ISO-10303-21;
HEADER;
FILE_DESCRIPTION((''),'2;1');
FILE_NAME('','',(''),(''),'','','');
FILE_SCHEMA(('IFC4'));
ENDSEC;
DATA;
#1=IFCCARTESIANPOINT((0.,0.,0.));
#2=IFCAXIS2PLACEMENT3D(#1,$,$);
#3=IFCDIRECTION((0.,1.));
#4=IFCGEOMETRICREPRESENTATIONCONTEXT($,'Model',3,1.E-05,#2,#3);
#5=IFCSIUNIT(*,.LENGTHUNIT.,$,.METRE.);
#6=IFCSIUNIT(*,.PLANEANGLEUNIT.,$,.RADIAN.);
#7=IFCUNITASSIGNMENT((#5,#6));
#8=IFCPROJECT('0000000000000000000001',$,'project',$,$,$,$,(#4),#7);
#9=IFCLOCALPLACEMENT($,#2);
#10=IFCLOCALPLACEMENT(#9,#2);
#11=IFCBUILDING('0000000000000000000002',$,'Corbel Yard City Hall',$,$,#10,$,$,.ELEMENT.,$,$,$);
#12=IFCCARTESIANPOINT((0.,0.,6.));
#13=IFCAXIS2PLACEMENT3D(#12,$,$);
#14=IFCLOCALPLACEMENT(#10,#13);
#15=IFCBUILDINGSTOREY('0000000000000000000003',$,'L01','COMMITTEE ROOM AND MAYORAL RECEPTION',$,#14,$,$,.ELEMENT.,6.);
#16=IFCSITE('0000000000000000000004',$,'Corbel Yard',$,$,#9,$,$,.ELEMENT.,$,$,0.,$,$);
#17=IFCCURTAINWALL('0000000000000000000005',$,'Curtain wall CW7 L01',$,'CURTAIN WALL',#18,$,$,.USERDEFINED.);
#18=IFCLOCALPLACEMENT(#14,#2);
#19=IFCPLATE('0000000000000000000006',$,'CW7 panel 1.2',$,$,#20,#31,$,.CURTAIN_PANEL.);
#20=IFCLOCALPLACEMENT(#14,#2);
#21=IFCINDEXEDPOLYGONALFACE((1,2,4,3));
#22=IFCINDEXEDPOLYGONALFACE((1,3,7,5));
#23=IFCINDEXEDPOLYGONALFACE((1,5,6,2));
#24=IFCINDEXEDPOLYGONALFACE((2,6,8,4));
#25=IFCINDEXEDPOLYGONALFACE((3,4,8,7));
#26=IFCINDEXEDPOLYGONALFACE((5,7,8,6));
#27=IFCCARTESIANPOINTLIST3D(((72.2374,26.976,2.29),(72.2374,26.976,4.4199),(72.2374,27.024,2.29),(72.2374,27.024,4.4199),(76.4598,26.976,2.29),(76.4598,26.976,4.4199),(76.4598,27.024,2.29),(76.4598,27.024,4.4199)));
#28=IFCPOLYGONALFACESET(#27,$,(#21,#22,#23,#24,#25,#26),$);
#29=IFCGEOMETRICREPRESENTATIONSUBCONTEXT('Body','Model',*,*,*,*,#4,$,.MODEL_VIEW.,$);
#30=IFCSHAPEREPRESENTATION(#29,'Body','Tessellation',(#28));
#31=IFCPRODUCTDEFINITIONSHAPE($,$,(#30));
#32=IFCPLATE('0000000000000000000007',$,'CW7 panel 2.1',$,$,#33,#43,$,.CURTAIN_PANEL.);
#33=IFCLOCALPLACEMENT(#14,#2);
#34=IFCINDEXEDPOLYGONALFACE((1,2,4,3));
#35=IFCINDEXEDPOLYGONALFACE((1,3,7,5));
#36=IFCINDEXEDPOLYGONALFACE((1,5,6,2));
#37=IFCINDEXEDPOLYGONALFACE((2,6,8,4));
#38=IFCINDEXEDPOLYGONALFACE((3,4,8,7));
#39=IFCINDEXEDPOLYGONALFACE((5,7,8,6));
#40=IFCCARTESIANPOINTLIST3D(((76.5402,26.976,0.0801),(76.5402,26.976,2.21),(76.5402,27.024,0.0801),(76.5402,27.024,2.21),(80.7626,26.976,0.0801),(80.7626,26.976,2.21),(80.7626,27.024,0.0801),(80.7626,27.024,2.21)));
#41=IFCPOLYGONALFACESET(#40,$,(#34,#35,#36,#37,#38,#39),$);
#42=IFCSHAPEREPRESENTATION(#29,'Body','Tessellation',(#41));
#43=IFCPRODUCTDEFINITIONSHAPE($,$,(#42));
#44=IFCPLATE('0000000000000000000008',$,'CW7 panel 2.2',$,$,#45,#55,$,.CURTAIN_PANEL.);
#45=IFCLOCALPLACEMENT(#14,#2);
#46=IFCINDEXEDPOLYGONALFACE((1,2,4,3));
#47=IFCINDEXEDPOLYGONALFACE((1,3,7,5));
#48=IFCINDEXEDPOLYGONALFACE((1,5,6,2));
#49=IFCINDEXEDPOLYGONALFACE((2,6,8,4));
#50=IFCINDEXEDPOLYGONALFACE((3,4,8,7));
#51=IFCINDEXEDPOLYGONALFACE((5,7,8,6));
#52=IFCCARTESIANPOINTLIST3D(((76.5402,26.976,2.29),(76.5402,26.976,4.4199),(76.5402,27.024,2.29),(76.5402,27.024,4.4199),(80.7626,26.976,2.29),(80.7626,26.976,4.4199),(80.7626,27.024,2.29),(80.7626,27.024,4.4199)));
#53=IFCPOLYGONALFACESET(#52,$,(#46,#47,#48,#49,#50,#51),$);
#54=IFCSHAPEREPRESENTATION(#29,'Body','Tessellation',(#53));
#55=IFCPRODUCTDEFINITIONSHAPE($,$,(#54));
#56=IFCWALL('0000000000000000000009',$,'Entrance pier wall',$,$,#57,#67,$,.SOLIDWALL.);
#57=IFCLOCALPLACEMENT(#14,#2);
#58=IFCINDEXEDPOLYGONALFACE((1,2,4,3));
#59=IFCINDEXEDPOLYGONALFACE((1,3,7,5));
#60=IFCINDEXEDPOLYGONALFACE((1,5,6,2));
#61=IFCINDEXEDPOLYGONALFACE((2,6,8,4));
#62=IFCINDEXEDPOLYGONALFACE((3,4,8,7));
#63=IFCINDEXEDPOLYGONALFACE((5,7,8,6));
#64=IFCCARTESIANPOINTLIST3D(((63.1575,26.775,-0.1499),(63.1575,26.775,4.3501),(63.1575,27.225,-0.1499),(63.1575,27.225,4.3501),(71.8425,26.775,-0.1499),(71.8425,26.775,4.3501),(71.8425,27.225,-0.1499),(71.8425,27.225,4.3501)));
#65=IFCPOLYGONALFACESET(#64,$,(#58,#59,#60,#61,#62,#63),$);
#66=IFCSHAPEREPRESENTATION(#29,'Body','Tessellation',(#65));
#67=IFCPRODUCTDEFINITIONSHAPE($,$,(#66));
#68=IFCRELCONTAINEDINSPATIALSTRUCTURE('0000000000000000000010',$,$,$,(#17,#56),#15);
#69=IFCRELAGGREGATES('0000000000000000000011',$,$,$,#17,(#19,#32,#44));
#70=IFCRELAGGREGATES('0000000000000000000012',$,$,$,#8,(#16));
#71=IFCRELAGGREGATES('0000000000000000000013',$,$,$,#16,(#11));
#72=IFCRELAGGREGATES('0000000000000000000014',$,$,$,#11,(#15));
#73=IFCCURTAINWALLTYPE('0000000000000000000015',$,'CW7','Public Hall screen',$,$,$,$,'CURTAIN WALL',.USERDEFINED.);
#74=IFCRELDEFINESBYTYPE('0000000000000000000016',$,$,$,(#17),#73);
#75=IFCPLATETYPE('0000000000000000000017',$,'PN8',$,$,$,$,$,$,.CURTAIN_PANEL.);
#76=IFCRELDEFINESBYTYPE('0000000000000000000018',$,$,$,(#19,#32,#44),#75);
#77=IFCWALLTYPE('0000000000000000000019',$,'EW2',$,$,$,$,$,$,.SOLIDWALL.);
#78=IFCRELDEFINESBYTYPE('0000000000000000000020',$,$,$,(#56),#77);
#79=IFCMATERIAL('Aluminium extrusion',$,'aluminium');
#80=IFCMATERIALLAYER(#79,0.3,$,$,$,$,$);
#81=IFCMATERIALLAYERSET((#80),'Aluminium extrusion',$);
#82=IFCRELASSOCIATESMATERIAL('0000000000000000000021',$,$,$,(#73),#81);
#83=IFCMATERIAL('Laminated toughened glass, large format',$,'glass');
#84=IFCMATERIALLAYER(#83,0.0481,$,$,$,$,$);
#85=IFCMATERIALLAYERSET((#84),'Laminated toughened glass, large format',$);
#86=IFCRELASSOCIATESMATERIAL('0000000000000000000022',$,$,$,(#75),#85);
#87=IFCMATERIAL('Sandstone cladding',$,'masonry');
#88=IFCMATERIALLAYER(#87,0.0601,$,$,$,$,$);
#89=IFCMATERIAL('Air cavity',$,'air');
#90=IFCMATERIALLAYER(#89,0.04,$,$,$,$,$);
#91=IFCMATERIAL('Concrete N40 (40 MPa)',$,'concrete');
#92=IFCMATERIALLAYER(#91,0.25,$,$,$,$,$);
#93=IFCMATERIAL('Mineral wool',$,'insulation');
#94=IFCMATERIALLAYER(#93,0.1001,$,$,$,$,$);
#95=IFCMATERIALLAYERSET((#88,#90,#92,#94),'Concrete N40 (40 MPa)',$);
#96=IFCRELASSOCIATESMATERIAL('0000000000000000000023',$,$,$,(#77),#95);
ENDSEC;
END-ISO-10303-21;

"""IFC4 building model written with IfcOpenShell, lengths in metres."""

from ifc_helpers import new_model, si_unit, direction, frame, frame_2d, origin, origin_2d, place, context, subcontext, project, spatial, rectangle, extrude, material, layer, layer_set, type_object, element, aggregate, save


model = new_model("IFC4")

# Units and contexts
model_context = context("Model", 3, precision=1e-05, world=origin(), true_north=direction((0.0, 1.0)))
body_context = subcontext(model_context, "Body", "Model", "MODEL_VIEW")
ifc_project = project(units=[si_unit("LENGTHUNIT", "METRE"), si_unit("PLANEANGLEUNIT", "RADIAN")], contexts=[model_context])

# Site, building, storey
site_placement = place(None, origin())
site = spatial("IfcSite", under=ifc_project, at=site_placement, Name="Corbel Yard", CompositionType="ELEMENT", RefElevation=0.0)
building_placement = place(site_placement, origin())
building = spatial("IfcBuilding", under=site, at=building_placement, Name="Corbel Yard City Hall", CompositionType="ELEMENT")
storey_placement = place(building_placement, frame((0.0, 0.0, 6.0)))
storey = spatial("IfcBuildingStorey", under=building, at=storey_placement, Name="L01", Description="COMMITTEE ROOM AND MAYORAL RECEPTION", CompositionType="ELEMENT", Elevation=6.0)

# Curtain wall
ifc_material_1 = material(Name="Aluminium extrusion", Category="aluminium")
ifc_layer_1 = layer(ifc_material_1, 0.3)
ifc_layer_set_1 = layer_set([ifc_layer_1], Name="Aluminium extrusion")
curtain_wall_type = type_object("IfcCurtainWallType", Name="CW7", Description="Public Hall screen", ElementType="CURTAIN WALL", PredefinedType="USERDEFINED", material=ifc_layer_set_1)
curtain_wall_1_placement = place(storey_placement, origin())
curtain_wall_1 = element("IfcCurtainWall", 1, at=curtain_wall_1_placement, inside=storey, type_object=curtain_wall_type, Name="Curtain wall CW7 L01", ObjectType="CURTAIN WALL", PredefinedType="USERDEFINED")

# Plates
ifc_material_2 = material(Name="Laminated toughened glass, large format", Category="glass")
ifc_layer_2 = layer(ifc_material_2, 0.0481)
ifc_layer_set_2 = layer_set([ifc_layer_2], Name="Laminated toughened glass, large format")
plate_type = type_object("IfcPlateType", Name="PN8", PredefinedType="CURTAIN_PANEL", material=ifc_layer_set_2)
plate_1_placement = place(storey_placement, frame((74.3486, 27.0, 2.29), z_axis=(0.0, 0.0, 1.0), x_axis=(1.0, 0.0, 0.0)))
plate_1 = element("IfcPlate", 2, at=plate_1_placement, type_object=plate_type, Name="CW7 panel 1.2", PredefinedType="CURTAIN_PANEL", context=body_context, shape_type="SweptSolid", body=[
    extrude(rectangle(XDim=4.2224, YDim=0.0481, at=origin_2d()), origin(), (0.0, 0.0, 1.0), 2.1299),
])
plate_2_placement = place(storey_placement, frame((78.6514, 27.0, 0.0801), z_axis=(0.0, 0.0, 1.0), x_axis=(1.0, 0.0, 0.0)))
plate_2 = element("IfcPlate", 3, at=plate_2_placement, type_object=plate_type, Name="CW7 panel 2.1", PredefinedType="CURTAIN_PANEL", context=body_context, shape_type="SweptSolid", body=[
    extrude(rectangle(XDim=4.2224, YDim=0.0481, at=origin_2d()), origin(), (0.0, 0.0, 1.0), 2.1299),
])
plate_3_placement = place(storey_placement, frame((78.6514, 27.0, 2.29), z_axis=(0.0, 0.0, 1.0), x_axis=(1.0, 0.0, 0.0)))
plate_3 = element("IfcPlate", 4, at=plate_3_placement, type_object=plate_type, Name="CW7 panel 2.2", PredefinedType="CURTAIN_PANEL", context=body_context, shape_type="SweptSolid", body=[
    extrude(rectangle(XDim=4.2224, YDim=0.0481, at=origin_2d()), origin(), (0.0, 0.0, 1.0), 2.1299),
])
aggregate(curtain_wall_1, [plate_1, plate_2, plate_3])

# Wall
ifc_material_3 = material(Name="Sandstone cladding", Category="masonry")
ifc_layer_3 = layer(ifc_material_3, 0.0601)
ifc_material_4 = material(Name="Air cavity", Category="air")
ifc_layer_4 = layer(ifc_material_4, 0.04)
ifc_material_5 = material(Name="Concrete N40 (40 MPa)", Category="concrete")
ifc_layer_5 = layer(ifc_material_5, 0.25)
ifc_material_6 = material(Name="Mineral wool", Category="insulation")
ifc_layer_6 = layer(ifc_material_6, 0.1001)
ifc_layer_set_3 = layer_set([ifc_layer_3, ifc_layer_4, ifc_layer_5, ifc_layer_6], Name="Concrete N40 (40 MPa)")
wall_type = type_object("IfcWallType", Name="EW2", PredefinedType="SOLIDWALL", material=ifc_layer_set_3)
wall_placement = place(storey_placement, frame((63.1575, 27.0, -0.1499), z_axis=(0.0, 0.0, 1.0), x_axis=(1.0, 0.0, 0.0)))
element("IfcWall", 5, at=wall_placement, inside=storey, type_object=wall_type, Name="Entrance pier wall", PredefinedType="SOLIDWALL", context=body_context, shape_type="SweptSolid", body=[
    extrude(rectangle(XDim=8.6851, YDim=0.45, at=frame_2d((4.3425, 0.0))), origin(), (0.0, 0.0, 1.0), 4.5),
])

save(model, "model.ifc")
